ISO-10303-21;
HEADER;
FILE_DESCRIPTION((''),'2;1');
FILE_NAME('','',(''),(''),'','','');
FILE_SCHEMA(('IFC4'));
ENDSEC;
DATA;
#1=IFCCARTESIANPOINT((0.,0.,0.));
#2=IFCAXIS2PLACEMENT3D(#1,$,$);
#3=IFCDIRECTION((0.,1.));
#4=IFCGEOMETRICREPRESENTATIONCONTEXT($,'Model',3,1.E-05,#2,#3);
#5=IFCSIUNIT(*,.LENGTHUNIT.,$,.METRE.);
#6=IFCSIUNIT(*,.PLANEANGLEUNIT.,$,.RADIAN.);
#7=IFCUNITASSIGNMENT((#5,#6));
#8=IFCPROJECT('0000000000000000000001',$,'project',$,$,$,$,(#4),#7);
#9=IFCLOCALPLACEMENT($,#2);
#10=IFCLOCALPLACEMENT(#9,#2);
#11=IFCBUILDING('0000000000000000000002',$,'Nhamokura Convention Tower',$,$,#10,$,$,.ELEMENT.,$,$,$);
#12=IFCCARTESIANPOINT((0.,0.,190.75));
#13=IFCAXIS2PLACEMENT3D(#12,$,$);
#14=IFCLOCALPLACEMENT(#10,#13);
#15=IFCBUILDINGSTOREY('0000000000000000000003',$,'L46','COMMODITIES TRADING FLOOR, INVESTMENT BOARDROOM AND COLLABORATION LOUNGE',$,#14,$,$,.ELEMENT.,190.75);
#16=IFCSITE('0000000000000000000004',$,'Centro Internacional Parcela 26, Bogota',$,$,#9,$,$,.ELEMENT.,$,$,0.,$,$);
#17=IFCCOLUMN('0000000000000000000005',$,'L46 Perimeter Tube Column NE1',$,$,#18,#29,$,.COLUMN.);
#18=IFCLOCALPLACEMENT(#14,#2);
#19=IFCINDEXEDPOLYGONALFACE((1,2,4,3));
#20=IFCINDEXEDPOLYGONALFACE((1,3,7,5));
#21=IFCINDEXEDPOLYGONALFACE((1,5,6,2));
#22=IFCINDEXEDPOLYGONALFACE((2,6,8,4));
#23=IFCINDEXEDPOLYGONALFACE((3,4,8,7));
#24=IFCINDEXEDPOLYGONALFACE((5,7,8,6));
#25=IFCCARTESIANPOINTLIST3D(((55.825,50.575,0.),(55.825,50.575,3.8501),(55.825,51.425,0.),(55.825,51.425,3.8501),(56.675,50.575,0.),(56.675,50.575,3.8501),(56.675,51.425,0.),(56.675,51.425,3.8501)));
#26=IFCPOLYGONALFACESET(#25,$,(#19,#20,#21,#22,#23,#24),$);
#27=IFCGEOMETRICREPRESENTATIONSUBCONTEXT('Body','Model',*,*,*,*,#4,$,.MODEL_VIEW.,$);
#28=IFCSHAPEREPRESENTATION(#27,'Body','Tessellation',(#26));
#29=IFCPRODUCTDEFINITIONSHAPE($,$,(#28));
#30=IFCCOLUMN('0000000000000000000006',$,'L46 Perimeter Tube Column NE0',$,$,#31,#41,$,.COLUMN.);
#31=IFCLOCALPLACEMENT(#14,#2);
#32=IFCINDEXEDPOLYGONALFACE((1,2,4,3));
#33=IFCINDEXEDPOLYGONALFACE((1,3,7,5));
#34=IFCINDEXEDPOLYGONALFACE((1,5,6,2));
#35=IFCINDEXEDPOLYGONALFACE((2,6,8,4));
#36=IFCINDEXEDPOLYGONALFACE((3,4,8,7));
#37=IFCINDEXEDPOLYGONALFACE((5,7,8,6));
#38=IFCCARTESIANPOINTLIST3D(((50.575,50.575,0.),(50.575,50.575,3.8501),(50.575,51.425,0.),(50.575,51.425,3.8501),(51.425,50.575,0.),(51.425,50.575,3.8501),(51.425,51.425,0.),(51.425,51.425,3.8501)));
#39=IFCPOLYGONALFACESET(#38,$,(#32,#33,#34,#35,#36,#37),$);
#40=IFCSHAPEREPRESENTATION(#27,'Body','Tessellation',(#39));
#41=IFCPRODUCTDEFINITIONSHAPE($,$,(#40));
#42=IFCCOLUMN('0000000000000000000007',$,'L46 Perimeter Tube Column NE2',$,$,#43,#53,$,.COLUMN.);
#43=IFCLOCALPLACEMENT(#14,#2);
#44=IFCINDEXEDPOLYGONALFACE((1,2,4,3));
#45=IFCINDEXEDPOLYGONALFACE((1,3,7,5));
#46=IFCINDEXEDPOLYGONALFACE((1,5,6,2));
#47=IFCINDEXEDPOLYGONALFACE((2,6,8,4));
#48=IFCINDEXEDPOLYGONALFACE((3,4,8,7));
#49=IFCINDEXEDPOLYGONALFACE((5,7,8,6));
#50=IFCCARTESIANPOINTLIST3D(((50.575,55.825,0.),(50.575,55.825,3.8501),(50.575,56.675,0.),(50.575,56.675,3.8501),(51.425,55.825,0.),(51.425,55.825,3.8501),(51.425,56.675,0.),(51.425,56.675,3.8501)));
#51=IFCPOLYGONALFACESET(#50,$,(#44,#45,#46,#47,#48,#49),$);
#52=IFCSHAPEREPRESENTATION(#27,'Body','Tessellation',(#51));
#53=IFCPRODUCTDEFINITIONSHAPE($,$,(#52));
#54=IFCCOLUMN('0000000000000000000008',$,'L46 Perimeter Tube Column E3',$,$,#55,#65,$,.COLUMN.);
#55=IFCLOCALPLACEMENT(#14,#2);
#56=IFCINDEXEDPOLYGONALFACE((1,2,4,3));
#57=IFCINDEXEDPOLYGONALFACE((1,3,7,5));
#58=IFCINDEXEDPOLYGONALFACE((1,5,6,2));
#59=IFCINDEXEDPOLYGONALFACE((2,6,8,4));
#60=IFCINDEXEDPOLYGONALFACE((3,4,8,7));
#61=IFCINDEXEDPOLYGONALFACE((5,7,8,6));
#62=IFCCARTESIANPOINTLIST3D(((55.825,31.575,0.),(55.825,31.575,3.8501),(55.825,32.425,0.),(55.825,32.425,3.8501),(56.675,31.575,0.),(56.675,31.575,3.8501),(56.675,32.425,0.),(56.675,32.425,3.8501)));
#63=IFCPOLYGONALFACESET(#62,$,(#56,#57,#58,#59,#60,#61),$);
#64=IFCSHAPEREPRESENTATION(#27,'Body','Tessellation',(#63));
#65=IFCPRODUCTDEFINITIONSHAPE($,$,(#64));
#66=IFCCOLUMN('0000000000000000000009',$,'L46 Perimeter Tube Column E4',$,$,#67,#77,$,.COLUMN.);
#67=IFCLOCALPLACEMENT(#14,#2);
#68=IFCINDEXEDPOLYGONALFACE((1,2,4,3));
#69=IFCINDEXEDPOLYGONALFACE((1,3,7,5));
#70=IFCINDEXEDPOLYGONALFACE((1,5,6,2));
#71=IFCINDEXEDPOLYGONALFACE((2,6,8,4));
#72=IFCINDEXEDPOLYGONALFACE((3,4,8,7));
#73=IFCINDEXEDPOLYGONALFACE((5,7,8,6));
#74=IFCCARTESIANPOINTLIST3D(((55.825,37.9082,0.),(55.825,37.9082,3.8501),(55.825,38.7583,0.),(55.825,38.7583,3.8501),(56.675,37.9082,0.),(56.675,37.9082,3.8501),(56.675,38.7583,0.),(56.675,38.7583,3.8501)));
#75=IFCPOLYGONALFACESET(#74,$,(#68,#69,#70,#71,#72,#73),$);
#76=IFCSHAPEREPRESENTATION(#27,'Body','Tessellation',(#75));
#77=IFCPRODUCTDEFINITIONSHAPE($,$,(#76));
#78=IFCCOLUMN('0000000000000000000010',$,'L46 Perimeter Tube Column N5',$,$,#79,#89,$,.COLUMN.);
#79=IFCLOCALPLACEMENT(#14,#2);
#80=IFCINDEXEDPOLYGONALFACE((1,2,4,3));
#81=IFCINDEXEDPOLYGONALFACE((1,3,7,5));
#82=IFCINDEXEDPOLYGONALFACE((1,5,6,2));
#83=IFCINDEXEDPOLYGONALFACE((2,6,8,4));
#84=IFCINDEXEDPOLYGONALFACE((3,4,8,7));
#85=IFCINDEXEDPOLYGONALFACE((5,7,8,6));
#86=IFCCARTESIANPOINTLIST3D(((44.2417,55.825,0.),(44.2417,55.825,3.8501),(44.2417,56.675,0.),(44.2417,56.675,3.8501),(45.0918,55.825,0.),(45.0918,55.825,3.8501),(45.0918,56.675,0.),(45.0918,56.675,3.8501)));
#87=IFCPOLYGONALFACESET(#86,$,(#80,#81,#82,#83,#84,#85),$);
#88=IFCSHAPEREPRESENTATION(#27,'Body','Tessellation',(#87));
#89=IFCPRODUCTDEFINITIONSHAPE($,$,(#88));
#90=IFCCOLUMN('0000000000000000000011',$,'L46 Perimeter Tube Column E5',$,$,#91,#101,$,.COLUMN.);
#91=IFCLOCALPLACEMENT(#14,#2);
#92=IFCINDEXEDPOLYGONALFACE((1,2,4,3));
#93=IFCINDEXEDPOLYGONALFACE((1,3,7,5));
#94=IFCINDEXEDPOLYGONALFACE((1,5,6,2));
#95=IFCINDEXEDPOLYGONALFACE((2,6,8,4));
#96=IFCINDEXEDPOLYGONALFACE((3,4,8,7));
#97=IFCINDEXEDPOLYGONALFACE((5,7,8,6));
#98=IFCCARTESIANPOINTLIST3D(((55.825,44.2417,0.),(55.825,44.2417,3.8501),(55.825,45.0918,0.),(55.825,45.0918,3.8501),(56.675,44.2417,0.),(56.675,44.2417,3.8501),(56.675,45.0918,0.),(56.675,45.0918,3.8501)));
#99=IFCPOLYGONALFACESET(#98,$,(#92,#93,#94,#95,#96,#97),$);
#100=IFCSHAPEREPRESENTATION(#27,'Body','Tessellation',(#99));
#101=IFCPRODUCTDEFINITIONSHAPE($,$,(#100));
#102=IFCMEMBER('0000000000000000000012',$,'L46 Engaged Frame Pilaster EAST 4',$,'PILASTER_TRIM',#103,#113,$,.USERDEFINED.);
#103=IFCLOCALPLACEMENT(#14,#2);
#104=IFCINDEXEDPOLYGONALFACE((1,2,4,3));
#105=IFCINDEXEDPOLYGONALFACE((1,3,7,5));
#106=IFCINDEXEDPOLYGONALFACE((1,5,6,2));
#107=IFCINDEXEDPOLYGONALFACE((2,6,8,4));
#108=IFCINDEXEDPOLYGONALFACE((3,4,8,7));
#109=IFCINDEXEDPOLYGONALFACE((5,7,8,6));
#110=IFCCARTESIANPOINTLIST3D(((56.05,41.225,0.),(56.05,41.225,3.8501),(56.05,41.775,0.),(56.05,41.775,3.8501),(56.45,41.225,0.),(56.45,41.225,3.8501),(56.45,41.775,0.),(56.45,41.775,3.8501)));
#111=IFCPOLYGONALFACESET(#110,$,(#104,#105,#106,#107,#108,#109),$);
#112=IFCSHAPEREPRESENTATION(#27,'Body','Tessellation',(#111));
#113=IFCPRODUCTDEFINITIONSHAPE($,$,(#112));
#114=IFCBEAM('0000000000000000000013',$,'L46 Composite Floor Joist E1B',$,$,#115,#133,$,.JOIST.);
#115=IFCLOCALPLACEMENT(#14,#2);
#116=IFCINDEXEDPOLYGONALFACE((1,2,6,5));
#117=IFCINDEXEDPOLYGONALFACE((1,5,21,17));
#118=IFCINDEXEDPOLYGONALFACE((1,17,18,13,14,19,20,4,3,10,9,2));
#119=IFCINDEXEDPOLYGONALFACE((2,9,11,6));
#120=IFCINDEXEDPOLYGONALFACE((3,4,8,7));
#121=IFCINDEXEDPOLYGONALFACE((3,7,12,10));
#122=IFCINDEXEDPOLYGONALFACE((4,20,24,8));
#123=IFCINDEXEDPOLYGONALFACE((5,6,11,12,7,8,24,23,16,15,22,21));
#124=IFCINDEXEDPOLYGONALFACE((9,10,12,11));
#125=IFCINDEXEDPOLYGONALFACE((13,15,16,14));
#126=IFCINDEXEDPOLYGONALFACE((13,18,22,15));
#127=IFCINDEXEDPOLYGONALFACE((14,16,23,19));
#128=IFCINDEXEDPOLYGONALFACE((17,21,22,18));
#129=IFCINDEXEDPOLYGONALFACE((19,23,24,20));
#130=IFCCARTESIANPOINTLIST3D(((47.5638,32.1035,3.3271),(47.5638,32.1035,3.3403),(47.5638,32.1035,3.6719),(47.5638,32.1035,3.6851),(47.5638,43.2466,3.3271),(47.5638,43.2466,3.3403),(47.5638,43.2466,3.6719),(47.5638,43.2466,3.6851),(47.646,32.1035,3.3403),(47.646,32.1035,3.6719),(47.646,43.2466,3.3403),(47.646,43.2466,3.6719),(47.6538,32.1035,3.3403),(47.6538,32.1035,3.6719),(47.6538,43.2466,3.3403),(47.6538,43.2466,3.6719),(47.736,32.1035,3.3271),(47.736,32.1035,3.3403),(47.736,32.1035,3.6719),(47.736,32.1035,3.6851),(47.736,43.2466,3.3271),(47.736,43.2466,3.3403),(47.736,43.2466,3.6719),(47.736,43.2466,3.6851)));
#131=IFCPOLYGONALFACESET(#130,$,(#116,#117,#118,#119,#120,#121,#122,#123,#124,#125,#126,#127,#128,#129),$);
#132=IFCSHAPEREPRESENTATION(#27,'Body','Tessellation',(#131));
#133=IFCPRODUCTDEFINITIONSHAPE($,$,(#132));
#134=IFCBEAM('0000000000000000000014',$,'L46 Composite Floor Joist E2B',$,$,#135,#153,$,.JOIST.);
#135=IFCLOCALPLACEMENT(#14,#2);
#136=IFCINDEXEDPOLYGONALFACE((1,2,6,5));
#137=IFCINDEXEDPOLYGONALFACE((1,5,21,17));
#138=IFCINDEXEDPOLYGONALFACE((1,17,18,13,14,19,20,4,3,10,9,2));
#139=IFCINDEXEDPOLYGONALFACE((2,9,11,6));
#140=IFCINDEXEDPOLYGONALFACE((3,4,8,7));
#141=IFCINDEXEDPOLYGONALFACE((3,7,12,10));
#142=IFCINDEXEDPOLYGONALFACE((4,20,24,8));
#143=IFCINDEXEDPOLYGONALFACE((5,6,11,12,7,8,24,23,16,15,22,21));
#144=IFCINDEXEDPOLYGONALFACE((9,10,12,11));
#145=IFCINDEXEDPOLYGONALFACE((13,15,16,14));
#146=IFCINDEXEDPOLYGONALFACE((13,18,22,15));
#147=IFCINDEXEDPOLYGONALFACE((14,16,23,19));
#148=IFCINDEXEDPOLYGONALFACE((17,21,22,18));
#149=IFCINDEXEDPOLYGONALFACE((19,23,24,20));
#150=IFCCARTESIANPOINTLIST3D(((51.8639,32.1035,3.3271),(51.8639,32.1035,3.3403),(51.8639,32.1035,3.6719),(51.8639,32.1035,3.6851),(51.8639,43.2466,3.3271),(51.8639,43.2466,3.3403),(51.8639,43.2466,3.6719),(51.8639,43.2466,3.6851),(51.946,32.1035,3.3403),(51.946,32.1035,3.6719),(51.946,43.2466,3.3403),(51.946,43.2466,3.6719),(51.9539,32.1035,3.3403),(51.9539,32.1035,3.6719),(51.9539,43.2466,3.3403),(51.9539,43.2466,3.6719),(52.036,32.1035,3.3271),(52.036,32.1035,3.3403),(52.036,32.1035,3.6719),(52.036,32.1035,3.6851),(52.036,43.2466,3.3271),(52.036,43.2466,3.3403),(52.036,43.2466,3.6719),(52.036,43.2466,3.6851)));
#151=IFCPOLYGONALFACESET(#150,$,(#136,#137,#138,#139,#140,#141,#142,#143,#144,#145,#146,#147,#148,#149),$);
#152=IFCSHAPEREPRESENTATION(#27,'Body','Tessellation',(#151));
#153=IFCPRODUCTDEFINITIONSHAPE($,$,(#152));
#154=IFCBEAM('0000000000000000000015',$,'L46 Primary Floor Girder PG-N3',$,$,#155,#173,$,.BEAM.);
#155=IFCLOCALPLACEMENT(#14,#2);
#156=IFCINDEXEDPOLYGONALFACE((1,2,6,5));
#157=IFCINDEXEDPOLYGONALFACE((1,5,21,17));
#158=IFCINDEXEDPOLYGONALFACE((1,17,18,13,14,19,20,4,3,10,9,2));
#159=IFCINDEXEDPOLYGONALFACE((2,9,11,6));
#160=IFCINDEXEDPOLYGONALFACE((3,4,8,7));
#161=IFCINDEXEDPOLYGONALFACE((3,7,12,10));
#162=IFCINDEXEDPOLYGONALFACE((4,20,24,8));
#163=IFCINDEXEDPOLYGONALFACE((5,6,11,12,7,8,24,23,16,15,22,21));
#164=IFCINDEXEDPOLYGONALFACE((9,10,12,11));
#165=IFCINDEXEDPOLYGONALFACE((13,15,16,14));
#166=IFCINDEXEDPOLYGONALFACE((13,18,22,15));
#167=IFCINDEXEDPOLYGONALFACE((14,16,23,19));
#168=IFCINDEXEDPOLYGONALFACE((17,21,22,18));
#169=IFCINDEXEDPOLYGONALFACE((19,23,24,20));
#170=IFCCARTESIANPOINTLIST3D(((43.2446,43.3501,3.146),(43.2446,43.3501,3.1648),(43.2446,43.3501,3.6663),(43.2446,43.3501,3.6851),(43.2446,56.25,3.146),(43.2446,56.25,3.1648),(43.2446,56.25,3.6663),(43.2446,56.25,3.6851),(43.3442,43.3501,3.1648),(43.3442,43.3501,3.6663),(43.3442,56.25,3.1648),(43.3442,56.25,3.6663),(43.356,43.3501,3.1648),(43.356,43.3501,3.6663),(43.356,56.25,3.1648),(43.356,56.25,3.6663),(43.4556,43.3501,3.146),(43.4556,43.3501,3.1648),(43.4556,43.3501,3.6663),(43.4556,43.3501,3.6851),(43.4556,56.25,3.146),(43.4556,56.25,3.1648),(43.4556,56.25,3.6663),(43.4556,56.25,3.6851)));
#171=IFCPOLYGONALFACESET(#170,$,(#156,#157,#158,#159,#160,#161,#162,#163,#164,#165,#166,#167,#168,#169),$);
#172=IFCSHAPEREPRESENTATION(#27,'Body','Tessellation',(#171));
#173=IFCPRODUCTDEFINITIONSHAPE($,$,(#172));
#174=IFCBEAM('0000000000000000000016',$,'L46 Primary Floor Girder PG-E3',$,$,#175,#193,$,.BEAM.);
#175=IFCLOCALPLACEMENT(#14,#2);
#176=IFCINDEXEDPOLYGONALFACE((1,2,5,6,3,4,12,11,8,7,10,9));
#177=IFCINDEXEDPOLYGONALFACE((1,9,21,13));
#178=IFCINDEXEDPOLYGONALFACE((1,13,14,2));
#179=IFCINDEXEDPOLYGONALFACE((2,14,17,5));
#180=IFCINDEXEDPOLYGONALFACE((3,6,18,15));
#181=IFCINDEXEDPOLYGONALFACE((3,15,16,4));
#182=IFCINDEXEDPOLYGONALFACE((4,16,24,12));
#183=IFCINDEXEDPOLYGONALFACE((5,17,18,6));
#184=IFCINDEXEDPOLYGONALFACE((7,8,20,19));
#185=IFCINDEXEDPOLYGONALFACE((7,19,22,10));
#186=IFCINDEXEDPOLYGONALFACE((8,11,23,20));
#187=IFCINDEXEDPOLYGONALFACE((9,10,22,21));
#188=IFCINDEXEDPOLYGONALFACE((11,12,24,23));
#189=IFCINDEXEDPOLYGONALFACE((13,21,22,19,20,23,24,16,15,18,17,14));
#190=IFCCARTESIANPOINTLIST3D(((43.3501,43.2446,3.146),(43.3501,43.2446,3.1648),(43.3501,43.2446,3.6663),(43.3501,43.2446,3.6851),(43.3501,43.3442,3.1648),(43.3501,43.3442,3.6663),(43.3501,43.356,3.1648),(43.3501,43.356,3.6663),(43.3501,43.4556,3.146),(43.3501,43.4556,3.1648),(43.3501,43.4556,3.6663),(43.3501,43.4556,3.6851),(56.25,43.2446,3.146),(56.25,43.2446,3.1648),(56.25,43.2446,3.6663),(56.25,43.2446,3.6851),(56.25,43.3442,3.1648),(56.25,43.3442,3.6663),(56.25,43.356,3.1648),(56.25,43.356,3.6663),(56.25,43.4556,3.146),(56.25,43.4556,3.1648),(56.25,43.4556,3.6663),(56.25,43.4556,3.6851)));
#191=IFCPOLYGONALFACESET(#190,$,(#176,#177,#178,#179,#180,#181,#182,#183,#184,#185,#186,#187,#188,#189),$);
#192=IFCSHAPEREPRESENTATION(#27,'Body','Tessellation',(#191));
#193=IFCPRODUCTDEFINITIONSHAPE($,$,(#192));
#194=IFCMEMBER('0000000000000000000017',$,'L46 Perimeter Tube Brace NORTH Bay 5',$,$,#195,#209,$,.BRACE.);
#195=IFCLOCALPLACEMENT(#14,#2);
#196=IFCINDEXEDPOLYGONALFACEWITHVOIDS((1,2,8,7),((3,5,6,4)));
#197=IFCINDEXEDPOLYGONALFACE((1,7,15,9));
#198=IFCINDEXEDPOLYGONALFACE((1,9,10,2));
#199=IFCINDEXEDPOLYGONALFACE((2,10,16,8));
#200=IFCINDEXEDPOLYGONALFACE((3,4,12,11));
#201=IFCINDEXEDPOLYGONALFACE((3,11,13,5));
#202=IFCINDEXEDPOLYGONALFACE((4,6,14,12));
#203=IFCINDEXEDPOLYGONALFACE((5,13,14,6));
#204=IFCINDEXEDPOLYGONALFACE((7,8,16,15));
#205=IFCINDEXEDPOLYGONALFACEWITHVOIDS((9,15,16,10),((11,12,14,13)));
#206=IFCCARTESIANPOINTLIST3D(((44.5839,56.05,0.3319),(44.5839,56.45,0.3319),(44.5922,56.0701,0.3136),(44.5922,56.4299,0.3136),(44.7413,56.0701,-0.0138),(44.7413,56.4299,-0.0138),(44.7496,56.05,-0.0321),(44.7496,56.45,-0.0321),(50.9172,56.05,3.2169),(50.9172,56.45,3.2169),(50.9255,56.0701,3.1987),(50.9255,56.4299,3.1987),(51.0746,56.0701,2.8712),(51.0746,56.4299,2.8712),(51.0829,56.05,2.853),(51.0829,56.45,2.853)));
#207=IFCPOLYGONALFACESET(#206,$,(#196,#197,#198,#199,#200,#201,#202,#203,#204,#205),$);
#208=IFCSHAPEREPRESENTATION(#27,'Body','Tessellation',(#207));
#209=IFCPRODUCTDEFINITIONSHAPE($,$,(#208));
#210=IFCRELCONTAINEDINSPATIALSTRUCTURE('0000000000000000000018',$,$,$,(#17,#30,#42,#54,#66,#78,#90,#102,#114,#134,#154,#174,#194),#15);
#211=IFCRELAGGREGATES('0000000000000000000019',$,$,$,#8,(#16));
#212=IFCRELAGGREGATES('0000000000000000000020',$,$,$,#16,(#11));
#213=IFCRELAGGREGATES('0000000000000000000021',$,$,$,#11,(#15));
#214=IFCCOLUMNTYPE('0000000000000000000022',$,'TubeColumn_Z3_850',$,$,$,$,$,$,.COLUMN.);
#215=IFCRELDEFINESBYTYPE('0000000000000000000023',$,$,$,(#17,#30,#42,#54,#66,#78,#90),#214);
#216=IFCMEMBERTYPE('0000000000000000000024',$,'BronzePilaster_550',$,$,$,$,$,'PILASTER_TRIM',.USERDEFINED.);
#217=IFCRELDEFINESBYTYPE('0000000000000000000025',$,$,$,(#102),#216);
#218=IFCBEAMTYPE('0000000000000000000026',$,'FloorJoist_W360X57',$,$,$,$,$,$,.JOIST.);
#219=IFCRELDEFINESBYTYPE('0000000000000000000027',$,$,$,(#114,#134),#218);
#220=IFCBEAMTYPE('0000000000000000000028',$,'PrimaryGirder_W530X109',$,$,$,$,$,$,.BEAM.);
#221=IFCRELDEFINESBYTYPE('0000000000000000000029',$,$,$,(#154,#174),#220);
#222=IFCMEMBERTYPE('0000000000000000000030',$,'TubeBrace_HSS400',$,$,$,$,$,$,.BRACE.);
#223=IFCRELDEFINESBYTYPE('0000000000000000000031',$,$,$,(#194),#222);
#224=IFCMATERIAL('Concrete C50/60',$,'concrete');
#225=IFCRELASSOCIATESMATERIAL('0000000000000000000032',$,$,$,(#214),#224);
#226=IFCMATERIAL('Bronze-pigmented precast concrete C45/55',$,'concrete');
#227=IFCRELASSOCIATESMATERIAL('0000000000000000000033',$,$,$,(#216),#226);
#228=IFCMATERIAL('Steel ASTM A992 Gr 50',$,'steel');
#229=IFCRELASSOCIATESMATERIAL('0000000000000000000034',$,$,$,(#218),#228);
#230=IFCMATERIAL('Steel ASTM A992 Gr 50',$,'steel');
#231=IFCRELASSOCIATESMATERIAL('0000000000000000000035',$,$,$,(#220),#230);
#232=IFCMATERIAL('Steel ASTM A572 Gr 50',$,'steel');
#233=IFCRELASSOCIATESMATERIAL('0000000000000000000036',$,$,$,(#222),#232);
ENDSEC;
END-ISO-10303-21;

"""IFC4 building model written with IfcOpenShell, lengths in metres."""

from ifc_helpers import new_model, si_unit, direction, frame, origin, origin_2d, place, context, subcontext, project, spatial, rectangle, hollow_rectangle, i_section, extrude, material, material_profile, profile_set, type_object, element, save


model = new_model("IFC4")

# Units and contexts
model_context = context("Model", 3, precision=1e-05, world=origin(), true_north=direction((0.0, 1.0)))
body_context = subcontext(model_context, "Body", "Model", "MODEL_VIEW")
ifc_project = project(units=[si_unit("LENGTHUNIT", "METRE"), si_unit("PLANEANGLEUNIT", "RADIAN")], contexts=[model_context])

# Site, building, storey
site_placement = place(None, origin())
site = spatial("IfcSite", under=ifc_project, at=site_placement, Name="Centro Internacional Parcela 26, Bogota", CompositionType="ELEMENT", RefElevation=0.0)
building_placement = place(site_placement, origin())
building = spatial("IfcBuilding", under=site, at=building_placement, Name="Nhamokura Convention Tower", CompositionType="ELEMENT")
storey_placement = place(building_placement, frame((0.0, 0.0, 190.75)))
storey = spatial("IfcBuildingStorey", under=building, at=storey_placement, Name="L46", Description="COMMODITIES TRADING FLOOR, INVESTMENT BOARDROOM AND COLLABORATION LOUNGE", CompositionType="ELEMENT", Elevation=190.75)

# Columns
ifc_material_1 = material(Name="Concrete C50/60", Category="concrete")
ifc_material_profile_1 = material_profile(ifc_material_1, rectangle(XDim=0.8501, YDim=0.8501, at=origin_2d()))
ifc_profile_set_1 = profile_set([ifc_material_profile_1], Name="Concrete C50/60")
column_type = type_object("IfcColumnType", Name="TubeColumn_Z3_850", PredefinedType="COLUMN", material=ifc_profile_set_1)
for number, where, z_axis, x_axis, name in (
    (1, (56.25, 51.0, 0.0), (0.0, 0.0, 1.0), (1.0, 0.0, 0.0), "L46 Perimeter Tube Column NE1"),
    (2, (51.0, 51.0, 0.0), (0.0, 0.0, 1.0), (1.0, 0.0, 0.0), "L46 Perimeter Tube Column NE0"),
    (3, (51.0, 56.25, 0.0), (0.0, 0.0, 1.0), (1.0, 0.0, 0.0), "L46 Perimeter Tube Column NE2"),
    (4, (56.25, 32.0, 0.0), (0.0, 0.0, 1.0), (1.0, 0.0, 0.0), "L46 Perimeter Tube Column E3"),
    (5, (56.25, 38.3333, 0.0), (0.0, 0.0, 1.0), (1.0, 0.0, 0.0), "L46 Perimeter Tube Column E4"),
    (6, (44.6667, 56.25, 0.0), (0.0, 0.0, 1.0), (1.0, 0.0, 0.0), "L46 Perimeter Tube Column N5"),
    (7, (56.25, 44.6667, 0.0), (0.0, 0.0, 1.0), (1.0, 0.0, 0.0), "L46 Perimeter Tube Column E5"),
):
    element("IfcColumn", number, at=place(storey_placement, frame(where, z_axis=z_axis, x_axis=x_axis)), inside=storey, type_object=column_type, Name=name, PredefinedType="COLUMN", context=body_context, shape_type="SweptSolid", body=[
        extrude(rectangle(XDim=0.8501, YDim=0.8501, at=origin_2d()), origin(), (0.0, 0.0, 1.0), 3.8501),
    ])

# Member
ifc_material_2 = material(Name="Bronze-pigmented precast concrete C45/55", Category="concrete")
ifc_material_profile_2 = material_profile(ifc_material_2, rectangle(XDim=0.3999, YDim=0.55, at=origin_2d()))
ifc_profile_set_2 = profile_set([ifc_material_profile_2], Name="Bronze-pigmented precast concrete C45/55")
member_type_1 = type_object("IfcMemberType", Name="BronzePilaster_550", ElementType="PILASTER_TRIM", PredefinedType="USERDEFINED", material=ifc_profile_set_2)
member_placement = place(storey_placement, frame((56.25, 41.5, 0.0), z_axis=(0.0, 0.0, 1.0), x_axis=(1.0, 0.0, 0.0)))
element("IfcMember", 8, at=member_placement, inside=storey, type_object=member_type_1, Name="L46 Engaged Frame Pilaster EAST 4", ObjectType="PILASTER_TRIM", PredefinedType="USERDEFINED", context=body_context, shape_type="SweptSolid", body=[
    extrude(rectangle(XDim=0.3999, YDim=0.55, at=origin_2d()), origin(), (0.0, 0.0, 1.0), 3.8501),
])

# Beams
ifc_material_3 = material(Name="Steel ASTM A992 Gr 50", Category="steel")
ifc_material_profile_3 = material_profile(ifc_material_3, i_section(OverallWidth=0.1721, OverallDepth=0.3579, WebThickness=0.0078, FlangeThickness=0.0132, at=origin_2d()))
ifc_profile_set_3 = profile_set([ifc_material_profile_3], Name="Steel ASTM A992 Gr 50")
beam_type_1 = type_object("IfcBeamType", Name="FloorJoist_W360X57", PredefinedType="JOIST", material=ifc_profile_set_3)
for number, where, z_axis, x_axis, name in (
    (9, (47.6499, 32.1035, 3.5061), (0.0, 1.0, 0.0), (-1.0, 0.0, 0.0), "L46 Composite Floor Joist E1B"),
    (10, (51.95, 32.1035, 3.5061), (0.0, 1.0, 0.0), (-1.0, 0.0, 0.0), "L46 Composite Floor Joist E2B"),
):
    element("IfcBeam", number, at=place(storey_placement, frame(where, z_axis=z_axis, x_axis=x_axis)), inside=storey, type_object=beam_type_1, Name=name, PredefinedType="JOIST", context=body_context, shape_type="SweptSolid", body=[
        extrude(i_section(OverallWidth=0.1721, OverallDepth=0.3579, WebThickness=0.0078, FlangeThickness=0.0132, at=origin_2d()), origin(), (0.0, 0.0, 1.0), 11.1431),
    ])
ifc_material_4 = material(Name="Steel ASTM A992 Gr 50", Category="steel")
ifc_material_profile_4 = material_profile(ifc_material_4, i_section(OverallWidth=0.2109, OverallDepth=0.5391, WebThickness=0.0117, FlangeThickness=0.0188, at=origin_2d()))
ifc_profile_set_4 = profile_set([ifc_material_profile_4], Name="Steel ASTM A992 Gr 50")
beam_type_2 = type_object("IfcBeamType", Name="PrimaryGirder_W530X109", PredefinedType="BEAM", material=ifc_profile_set_4)
for number, where, z_axis, x_axis, name in (
    (11, (43.3501, 43.3501, 3.4155), (0.0, 1.0, 0.0), (-1.0, 0.0, 0.0), "L46 Primary Floor Girder PG-N3"),
    (12, (43.3501, 43.3501, 3.4155), (1.0, 0.0, 0.0), (0.0, 1.0, 0.0), "L46 Primary Floor Girder PG-E3"),
):
    element("IfcBeam", number, at=place(storey_placement, frame(where, z_axis=z_axis, x_axis=x_axis)), inside=storey, type_object=beam_type_2, Name=name, PredefinedType="BEAM", context=body_context, shape_type="SweptSolid", body=[
        extrude(i_section(OverallWidth=0.2109, OverallDepth=0.5391, WebThickness=0.0117, FlangeThickness=0.0188, at=origin_2d()), origin(), (0.0, 0.0, 1.0), 12.8999),
    ])

# Member
ifc_material_5 = material(Name="Steel ASTM A572 Gr 50", Category="steel")
ifc_material_profile_5 = material_profile(ifc_material_5, hollow_rectangle(XDim=0.3999, YDim=0.3999, WallThickness=0.02, at=origin_2d()))
ifc_profile_set_5 = profile_set([ifc_material_profile_5], Name="Steel ASTM A572 Gr 50")
member_type_2 = type_object("IfcMemberType", Name="TubeBrace_HSS400", PredefinedType="BRACE", material=ifc_profile_set_5)
for number, where, z_axis, x_axis, name in (
    (13, (44.6667, 56.25, 0.1499), (0.910027, 0.0, 0.414548), (0.0, 1.0, 0.0), "L46 Perimeter Tube Brace NORTH Bay 5"),
):
    element("IfcMember", number, at=place(storey_placement, frame(where, z_axis=z_axis, x_axis=x_axis)), inside=storey, type_object=member_type_2, Name=name, PredefinedType="BRACE", context=body_context, shape_type="SweptSolid", body=[
        extrude(hollow_rectangle(XDim=0.3999, YDim=0.3999, WallThickness=0.02, at=origin_2d()), origin(), (0.0, 0.0, 1.0), 6.9595),
    ])

save(model, "model.ifc")
